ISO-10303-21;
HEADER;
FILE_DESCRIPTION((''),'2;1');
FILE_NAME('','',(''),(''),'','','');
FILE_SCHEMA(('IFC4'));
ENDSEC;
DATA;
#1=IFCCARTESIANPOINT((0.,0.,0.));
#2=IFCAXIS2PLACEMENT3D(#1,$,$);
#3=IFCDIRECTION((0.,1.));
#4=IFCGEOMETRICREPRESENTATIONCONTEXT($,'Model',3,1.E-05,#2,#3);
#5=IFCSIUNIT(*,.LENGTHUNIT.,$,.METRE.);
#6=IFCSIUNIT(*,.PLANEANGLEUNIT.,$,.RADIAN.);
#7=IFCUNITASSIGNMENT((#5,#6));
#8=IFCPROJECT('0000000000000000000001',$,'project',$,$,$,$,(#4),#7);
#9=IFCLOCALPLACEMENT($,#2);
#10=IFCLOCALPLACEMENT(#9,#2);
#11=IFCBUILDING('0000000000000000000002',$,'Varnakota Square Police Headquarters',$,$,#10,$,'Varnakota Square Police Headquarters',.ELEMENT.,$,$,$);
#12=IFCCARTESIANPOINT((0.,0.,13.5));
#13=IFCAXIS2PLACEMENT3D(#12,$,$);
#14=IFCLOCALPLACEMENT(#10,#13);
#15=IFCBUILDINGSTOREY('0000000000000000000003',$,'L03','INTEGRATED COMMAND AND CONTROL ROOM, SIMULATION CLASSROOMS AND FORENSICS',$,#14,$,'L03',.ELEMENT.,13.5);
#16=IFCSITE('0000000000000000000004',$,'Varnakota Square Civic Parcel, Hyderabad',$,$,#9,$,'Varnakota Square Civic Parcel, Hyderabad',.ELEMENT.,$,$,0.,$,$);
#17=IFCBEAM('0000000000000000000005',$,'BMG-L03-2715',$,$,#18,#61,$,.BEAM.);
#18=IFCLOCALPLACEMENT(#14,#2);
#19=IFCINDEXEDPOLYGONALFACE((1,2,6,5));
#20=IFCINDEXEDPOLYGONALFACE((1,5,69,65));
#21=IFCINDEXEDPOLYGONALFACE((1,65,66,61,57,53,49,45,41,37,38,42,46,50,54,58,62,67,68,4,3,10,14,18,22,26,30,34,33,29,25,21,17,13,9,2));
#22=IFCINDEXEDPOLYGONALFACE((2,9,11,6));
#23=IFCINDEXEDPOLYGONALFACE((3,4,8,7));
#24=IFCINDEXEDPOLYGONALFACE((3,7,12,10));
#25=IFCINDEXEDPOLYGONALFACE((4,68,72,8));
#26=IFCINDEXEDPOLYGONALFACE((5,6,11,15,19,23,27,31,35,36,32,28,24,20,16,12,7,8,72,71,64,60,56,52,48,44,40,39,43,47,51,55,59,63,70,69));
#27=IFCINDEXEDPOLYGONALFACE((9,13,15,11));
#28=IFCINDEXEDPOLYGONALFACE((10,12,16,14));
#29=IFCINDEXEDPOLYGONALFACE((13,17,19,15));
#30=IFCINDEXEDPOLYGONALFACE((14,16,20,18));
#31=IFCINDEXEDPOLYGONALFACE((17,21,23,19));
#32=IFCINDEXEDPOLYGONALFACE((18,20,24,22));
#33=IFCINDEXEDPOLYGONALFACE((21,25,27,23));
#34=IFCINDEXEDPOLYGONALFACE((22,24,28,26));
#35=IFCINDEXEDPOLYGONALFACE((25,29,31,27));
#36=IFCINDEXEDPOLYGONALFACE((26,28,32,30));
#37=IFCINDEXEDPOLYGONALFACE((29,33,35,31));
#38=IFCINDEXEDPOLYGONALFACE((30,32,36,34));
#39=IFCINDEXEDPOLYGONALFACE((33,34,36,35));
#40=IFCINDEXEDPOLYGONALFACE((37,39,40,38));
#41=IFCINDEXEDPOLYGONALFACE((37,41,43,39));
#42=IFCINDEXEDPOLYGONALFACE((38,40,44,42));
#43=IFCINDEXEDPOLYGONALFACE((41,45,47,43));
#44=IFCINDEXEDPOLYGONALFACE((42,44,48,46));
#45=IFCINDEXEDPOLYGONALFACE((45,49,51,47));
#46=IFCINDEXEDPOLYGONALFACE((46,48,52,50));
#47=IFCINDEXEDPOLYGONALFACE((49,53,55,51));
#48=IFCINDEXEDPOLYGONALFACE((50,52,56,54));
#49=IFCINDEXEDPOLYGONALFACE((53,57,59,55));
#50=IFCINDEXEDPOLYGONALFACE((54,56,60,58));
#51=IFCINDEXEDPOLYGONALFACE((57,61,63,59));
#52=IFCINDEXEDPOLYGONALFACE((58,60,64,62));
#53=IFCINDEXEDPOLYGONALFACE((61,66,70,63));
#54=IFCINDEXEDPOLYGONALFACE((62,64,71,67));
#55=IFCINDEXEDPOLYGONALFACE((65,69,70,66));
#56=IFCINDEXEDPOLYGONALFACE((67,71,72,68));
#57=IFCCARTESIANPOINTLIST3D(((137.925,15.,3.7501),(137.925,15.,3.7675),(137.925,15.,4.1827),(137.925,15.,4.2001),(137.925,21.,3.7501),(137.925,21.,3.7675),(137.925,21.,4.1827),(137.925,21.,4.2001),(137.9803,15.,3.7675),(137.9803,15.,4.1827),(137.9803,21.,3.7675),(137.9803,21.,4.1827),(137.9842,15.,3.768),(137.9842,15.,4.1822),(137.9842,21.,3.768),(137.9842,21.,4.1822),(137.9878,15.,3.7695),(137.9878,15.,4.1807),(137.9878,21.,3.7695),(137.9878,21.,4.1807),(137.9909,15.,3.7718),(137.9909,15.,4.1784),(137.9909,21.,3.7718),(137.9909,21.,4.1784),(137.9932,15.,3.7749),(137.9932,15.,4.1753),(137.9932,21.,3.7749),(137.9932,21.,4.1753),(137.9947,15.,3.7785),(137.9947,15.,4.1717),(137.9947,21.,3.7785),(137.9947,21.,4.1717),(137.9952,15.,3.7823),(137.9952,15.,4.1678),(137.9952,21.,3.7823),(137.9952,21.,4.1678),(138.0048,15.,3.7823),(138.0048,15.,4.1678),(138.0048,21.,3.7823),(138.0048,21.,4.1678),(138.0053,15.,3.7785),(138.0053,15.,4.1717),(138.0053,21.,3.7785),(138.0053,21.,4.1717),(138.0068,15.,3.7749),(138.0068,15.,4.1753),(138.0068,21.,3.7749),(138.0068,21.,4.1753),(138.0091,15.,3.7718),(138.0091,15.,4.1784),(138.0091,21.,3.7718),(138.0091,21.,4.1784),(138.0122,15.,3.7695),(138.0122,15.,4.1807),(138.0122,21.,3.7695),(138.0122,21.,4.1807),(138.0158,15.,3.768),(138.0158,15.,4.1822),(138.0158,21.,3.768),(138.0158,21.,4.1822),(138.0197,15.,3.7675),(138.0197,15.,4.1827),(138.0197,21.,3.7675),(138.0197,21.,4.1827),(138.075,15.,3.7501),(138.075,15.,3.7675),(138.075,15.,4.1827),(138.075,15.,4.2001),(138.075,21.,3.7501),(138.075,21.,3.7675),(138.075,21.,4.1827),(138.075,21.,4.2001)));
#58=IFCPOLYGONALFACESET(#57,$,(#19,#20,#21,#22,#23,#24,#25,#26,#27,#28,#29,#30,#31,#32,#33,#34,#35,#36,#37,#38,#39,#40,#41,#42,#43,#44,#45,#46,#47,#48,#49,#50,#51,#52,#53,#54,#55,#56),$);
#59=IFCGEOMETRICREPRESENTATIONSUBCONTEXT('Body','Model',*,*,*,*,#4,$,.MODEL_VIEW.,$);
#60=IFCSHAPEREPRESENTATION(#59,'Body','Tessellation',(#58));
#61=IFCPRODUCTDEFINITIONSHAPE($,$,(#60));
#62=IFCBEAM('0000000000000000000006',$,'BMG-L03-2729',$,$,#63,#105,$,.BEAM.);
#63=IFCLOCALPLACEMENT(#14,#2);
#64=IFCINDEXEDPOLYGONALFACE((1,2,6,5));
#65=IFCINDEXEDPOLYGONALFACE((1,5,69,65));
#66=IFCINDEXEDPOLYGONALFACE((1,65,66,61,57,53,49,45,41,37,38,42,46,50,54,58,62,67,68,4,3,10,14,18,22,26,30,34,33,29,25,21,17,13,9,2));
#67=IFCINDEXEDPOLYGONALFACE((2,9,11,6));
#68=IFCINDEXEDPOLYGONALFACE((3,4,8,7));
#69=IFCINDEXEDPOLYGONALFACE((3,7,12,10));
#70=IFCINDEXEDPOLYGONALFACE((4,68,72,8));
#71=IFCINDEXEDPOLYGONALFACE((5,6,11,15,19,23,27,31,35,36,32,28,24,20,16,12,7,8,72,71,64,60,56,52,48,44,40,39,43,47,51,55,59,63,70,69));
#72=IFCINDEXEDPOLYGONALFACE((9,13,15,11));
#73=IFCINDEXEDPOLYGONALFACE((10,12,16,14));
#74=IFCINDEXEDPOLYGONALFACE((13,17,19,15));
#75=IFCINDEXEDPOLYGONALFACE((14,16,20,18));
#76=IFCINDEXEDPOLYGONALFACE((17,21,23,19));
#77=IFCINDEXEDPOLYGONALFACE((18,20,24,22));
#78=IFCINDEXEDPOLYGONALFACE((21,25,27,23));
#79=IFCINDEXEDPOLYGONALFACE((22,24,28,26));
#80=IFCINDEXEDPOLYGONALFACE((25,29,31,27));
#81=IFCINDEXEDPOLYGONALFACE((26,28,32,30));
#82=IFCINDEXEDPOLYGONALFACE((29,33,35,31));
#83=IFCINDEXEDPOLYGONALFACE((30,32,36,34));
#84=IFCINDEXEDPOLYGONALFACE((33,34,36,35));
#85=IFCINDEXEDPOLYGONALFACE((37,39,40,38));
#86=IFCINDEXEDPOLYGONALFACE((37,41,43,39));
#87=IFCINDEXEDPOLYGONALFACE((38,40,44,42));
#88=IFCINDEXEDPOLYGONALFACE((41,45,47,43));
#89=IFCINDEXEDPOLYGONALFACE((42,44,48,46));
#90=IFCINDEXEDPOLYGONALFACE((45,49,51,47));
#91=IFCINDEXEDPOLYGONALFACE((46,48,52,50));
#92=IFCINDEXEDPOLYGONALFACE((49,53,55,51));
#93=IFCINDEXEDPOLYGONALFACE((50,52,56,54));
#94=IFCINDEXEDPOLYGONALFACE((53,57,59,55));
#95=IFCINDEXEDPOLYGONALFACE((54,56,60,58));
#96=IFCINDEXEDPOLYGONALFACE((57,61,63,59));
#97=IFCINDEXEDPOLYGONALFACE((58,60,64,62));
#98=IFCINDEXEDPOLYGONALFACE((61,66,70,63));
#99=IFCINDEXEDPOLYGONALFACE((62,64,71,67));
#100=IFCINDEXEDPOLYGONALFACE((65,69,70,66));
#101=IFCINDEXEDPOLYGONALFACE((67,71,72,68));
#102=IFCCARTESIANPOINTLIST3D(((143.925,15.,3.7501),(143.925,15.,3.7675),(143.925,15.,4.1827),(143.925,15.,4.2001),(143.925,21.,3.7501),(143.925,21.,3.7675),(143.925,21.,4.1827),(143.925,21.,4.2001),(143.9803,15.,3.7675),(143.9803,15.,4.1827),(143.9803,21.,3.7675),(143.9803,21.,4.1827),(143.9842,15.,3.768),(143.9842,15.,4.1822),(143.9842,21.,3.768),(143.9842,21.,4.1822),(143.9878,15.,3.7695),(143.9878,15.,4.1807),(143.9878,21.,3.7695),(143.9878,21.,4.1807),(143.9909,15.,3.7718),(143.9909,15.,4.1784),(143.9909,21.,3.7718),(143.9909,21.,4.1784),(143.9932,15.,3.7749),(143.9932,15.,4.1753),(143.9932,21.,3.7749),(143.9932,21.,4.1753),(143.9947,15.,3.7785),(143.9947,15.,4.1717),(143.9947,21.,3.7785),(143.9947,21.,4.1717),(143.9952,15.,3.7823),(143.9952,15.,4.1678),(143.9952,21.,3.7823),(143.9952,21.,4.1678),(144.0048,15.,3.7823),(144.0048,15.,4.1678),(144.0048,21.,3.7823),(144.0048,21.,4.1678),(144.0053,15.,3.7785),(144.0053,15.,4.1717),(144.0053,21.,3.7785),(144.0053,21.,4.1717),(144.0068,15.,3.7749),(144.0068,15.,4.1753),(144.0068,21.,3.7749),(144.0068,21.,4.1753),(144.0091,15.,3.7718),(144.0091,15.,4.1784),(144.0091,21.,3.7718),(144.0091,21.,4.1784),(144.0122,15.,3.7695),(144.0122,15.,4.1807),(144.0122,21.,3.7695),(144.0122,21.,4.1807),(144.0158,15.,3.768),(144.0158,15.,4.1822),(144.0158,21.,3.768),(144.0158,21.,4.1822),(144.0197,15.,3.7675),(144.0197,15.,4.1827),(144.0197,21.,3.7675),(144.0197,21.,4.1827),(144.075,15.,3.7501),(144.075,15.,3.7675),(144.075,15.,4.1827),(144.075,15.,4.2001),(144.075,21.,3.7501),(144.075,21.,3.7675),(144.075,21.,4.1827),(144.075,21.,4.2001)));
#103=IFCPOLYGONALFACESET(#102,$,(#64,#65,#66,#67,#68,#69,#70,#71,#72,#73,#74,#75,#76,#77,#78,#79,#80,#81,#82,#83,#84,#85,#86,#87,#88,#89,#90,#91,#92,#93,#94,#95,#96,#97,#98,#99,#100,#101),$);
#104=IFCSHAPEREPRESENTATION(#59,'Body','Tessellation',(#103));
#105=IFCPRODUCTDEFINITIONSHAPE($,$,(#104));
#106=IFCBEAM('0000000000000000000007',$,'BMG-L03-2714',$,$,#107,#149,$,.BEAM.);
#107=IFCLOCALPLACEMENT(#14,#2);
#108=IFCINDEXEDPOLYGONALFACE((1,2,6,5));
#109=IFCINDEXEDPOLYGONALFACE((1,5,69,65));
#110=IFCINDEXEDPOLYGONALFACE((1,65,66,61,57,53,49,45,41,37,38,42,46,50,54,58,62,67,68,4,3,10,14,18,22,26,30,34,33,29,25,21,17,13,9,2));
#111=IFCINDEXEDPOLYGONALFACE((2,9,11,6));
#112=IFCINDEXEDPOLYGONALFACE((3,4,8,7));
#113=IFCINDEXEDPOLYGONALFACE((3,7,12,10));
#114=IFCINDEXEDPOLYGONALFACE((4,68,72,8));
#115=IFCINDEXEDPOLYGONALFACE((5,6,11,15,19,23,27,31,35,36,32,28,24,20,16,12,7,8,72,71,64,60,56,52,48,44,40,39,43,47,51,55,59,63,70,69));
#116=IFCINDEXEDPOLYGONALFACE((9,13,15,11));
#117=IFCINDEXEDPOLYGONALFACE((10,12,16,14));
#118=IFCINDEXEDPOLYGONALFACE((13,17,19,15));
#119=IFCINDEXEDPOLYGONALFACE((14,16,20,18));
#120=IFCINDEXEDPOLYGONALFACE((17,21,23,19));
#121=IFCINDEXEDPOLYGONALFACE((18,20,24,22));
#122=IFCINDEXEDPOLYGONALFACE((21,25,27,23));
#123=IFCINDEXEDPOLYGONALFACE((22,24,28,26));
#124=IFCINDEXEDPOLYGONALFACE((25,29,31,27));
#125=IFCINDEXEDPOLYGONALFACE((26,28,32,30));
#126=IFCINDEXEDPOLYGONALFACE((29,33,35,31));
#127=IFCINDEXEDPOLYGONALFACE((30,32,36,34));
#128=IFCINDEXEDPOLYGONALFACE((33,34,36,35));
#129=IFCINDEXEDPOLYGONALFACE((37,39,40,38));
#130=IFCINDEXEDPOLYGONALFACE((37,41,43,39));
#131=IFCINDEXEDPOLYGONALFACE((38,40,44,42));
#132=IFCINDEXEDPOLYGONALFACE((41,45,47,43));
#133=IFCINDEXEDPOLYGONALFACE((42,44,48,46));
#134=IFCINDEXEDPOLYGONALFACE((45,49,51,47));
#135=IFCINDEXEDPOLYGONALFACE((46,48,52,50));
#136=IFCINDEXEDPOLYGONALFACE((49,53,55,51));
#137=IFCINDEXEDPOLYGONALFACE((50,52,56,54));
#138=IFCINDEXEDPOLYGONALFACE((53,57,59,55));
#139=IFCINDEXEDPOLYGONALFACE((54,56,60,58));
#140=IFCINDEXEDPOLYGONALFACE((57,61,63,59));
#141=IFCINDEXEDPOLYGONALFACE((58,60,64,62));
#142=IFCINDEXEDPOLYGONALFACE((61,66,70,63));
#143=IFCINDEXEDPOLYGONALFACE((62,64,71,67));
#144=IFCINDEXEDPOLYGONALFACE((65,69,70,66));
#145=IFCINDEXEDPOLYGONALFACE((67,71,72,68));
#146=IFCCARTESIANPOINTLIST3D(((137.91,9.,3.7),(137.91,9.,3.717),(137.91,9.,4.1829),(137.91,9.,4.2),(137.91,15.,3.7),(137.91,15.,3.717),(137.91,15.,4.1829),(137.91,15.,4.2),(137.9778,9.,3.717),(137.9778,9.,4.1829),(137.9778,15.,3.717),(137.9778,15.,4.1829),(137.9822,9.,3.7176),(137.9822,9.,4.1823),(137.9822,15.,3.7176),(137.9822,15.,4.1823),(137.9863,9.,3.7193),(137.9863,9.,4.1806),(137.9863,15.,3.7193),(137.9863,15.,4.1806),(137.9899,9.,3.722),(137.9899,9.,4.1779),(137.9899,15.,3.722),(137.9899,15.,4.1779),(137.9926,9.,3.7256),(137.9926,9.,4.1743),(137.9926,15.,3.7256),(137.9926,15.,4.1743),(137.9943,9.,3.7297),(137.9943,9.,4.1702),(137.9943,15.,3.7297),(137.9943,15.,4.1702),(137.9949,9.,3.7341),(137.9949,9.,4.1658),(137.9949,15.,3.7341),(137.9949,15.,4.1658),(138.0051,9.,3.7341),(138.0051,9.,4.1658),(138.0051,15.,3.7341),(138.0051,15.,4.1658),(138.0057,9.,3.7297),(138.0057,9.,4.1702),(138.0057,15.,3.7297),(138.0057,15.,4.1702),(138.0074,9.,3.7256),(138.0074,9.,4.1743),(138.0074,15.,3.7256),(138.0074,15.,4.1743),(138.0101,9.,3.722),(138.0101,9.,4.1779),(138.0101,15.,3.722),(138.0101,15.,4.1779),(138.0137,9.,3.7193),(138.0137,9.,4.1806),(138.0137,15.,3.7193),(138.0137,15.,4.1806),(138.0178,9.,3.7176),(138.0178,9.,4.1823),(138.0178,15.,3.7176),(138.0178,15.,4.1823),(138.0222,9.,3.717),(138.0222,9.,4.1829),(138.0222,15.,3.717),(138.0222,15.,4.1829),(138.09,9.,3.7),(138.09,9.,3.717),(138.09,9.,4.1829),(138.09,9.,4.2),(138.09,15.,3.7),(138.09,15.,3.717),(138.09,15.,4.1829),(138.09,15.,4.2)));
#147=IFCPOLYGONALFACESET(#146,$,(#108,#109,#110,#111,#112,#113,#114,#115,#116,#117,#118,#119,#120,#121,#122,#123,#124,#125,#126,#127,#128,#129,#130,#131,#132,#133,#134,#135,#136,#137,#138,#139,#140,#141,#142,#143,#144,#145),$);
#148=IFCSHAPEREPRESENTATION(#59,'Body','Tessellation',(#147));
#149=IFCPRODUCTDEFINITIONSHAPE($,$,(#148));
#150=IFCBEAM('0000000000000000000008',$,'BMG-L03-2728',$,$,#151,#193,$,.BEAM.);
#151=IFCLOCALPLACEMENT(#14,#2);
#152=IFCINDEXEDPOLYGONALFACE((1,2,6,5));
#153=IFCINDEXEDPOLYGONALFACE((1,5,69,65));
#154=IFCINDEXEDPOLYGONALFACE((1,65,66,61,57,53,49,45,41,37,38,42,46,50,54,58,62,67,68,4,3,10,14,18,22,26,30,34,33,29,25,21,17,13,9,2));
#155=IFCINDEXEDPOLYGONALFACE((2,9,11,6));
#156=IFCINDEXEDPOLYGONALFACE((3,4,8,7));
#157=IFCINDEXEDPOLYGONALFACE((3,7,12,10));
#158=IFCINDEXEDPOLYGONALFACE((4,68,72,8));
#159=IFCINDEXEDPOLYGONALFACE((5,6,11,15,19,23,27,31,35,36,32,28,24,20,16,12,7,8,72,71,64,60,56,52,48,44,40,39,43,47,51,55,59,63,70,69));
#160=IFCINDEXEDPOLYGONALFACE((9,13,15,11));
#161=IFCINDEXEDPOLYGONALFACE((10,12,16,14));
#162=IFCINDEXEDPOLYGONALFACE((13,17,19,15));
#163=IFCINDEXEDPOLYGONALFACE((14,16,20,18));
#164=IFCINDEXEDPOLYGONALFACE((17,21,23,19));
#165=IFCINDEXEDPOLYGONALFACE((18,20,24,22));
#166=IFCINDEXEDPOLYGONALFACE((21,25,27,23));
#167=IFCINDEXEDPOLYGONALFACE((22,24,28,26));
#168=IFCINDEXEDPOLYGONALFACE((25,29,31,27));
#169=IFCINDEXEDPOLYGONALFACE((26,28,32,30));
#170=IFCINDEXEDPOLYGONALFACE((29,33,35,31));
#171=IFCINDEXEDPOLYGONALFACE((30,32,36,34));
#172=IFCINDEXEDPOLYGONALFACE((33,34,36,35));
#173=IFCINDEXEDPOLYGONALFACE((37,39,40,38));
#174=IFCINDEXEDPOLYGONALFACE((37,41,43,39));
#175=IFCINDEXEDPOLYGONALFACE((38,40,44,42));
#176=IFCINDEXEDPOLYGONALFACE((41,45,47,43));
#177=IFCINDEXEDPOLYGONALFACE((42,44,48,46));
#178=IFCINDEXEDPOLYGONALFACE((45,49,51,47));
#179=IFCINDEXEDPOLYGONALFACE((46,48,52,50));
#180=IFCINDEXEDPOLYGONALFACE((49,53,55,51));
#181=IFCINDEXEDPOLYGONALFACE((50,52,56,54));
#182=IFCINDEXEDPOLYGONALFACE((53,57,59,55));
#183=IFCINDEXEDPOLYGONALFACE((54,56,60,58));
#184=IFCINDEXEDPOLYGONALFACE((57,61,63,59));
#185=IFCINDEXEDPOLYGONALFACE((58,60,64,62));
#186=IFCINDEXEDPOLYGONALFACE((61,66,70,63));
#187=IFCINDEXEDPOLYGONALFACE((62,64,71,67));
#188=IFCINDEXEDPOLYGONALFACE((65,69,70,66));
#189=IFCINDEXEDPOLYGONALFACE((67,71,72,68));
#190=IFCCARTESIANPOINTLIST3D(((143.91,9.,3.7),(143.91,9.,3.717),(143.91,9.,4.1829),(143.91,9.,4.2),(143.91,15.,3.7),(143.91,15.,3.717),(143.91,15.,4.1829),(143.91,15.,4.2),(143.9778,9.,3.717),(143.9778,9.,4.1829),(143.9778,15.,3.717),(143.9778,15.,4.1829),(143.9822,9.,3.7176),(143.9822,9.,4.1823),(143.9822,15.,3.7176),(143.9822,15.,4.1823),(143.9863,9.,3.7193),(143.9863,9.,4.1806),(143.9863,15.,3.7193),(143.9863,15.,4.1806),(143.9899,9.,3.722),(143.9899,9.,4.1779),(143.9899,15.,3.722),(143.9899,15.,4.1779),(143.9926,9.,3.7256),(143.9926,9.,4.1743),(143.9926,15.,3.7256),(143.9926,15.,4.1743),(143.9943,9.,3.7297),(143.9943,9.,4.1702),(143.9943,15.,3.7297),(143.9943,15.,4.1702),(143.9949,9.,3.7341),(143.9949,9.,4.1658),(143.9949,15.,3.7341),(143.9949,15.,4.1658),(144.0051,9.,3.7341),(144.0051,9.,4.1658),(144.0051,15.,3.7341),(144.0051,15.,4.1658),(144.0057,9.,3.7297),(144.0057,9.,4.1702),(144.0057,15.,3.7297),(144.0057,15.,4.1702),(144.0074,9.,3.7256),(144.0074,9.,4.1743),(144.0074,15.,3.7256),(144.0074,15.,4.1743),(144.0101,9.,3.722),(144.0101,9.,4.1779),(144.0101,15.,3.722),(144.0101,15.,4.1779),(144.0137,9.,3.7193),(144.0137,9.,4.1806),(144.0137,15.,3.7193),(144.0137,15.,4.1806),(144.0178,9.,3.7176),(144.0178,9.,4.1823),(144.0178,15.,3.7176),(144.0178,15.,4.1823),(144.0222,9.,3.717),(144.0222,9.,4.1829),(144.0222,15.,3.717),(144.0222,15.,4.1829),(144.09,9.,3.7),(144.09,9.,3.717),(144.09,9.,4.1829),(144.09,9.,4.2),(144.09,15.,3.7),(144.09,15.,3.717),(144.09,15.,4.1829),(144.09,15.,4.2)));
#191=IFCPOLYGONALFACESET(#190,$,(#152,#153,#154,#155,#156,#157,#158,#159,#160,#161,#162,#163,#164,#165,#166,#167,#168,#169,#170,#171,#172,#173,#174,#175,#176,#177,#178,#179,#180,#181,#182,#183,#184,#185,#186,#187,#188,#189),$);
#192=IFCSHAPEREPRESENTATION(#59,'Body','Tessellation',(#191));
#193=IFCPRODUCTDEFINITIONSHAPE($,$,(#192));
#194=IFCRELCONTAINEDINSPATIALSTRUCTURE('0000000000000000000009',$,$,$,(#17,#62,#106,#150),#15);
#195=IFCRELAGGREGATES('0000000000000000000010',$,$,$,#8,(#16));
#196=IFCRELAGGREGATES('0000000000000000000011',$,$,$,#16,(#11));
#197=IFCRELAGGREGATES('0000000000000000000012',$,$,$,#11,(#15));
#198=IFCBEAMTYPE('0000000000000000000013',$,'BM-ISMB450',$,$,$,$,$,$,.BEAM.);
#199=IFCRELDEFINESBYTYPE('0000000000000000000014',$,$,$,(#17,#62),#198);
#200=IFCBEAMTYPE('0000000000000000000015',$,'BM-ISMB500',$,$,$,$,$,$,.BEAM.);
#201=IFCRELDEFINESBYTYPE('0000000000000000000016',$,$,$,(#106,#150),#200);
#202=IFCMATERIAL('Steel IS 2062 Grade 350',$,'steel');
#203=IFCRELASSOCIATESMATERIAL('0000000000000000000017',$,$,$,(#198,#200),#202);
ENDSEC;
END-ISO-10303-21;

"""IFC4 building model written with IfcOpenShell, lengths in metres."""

from ifc_helpers import new_model, si_unit, direction, frame, origin, origin_2d, place, context, subcontext, project, spatial, i_section, extrude, material, material_profile, profile_set, type_object, element, save


model = new_model("IFC4")

# Units and contexts
model_context = context("Model", 3, precision=1e-05, world=origin(), true_north=direction((0.0, 1.0)))
body_context = subcontext(model_context, "Body", "Model", "MODEL_VIEW")
ifc_project = project(units=[si_unit("LENGTHUNIT", "METRE"), si_unit("PLANEANGLEUNIT", "RADIAN")], contexts=[model_context])

# Site, building, storey
site_placement = place(None, origin())
site = spatial("IfcSite", under=ifc_project, at=site_placement, Name="Varnakota Square Civic Parcel, Hyderabad", LongName="Varnakota Square Civic Parcel, Hyderabad", CompositionType="ELEMENT", RefElevation=0.0)
building_placement = place(site_placement, origin())
building = spatial("IfcBuilding", under=site, at=building_placement, Name="Varnakota Square Police Headquarters", LongName="Varnakota Square Police Headquarters", CompositionType="ELEMENT")
storey_placement = place(building_placement, frame((0.0, 0.0, 13.5)))
storey = spatial("IfcBuildingStorey", under=building, at=storey_placement, Name="L03", Description="INTEGRATED COMMAND AND CONTROL ROOM, SIMULATION CLASSROOMS AND FORENSICS", LongName="L03", CompositionType="ELEMENT", Elevation=13.5)

# Shared definitions
ifc_material_1 = material(Name="Steel IS 2062 Grade 350", Category="steel")

# Beams
ifc_material_profile_1 = material_profile(ifc_material_1, i_section(OverallWidth=0.1499, OverallDepth=0.45, WebThickness=0.0095, FlangeThickness=0.0173, FilletRadius=0.0149, at=origin_2d()), Name="ISMB 450")
ifc_profile_set_1 = profile_set([ifc_material_profile_1], Name="Steel IS 2062 Grade 350")
beam_type_1 = type_object("IfcBeamType", Name="BM-ISMB450", PredefinedType="BEAM", material=ifc_profile_set_1)
for number, where, z_axis, x_axis, name in (
    (1, (138.0, 15.0, 3.9751), (0.0, 1.0, 0.0), (-1.0, 0.0, 0.0), "BMG-L03-2715"),
    (2, (144.0, 15.0, 3.9751), (0.0, 1.0, 0.0), (-1.0, 0.0, 0.0), "BMG-L03-2729"),
):
    element("IfcBeam", number, at=place(storey_placement, frame(where, z_axis=z_axis, x_axis=x_axis)), inside=storey, type_object=beam_type_1, Name=name, PredefinedType="BEAM", context=body_context, shape_type="SweptSolid", body=[
        extrude(i_section(OverallWidth=0.1499, OverallDepth=0.45, WebThickness=0.0095, FlangeThickness=0.0173, FilletRadius=0.0149, at=origin_2d()), origin(), (0.0, 0.0, 1.0), 6.0),
    ])
ifc_material_profile_2 = material_profile(ifc_material_1, i_section(OverallWidth=0.1799, OverallDepth=0.5, WebThickness=0.0103, FlangeThickness=0.0171, FilletRadius=0.0171, at=origin_2d()), Name="ISMB 500")
ifc_profile_set_2 = profile_set([ifc_material_profile_2], Name="Steel IS 2062 Grade 350")
beam_type_2 = type_object("IfcBeamType", Name="BM-ISMB500", PredefinedType="BEAM", material=ifc_profile_set_2)
for number, where, z_axis, x_axis, name in (
    (3, (138.0, 9.0, 3.95), (0.0, 1.0, 0.0), (-1.0, 0.0, 0.0), "BMG-L03-2714"),
    (4, (144.0, 9.0, 3.95), (0.0, 1.0, 0.0), (-1.0, 0.0, 0.0), "BMG-L03-2728"),
):
    element("IfcBeam", number, at=place(storey_placement, frame(where, z_axis=z_axis, x_axis=x_axis)), inside=storey, type_object=beam_type_2, Name=name, PredefinedType="BEAM", context=body_context, shape_type="SweptSolid", body=[
        extrude(i_section(OverallWidth=0.1799, OverallDepth=0.5, WebThickness=0.0103, FlangeThickness=0.0171, FilletRadius=0.0171, at=origin_2d()), origin(), (0.0, 0.0, 1.0), 6.0),
    ])

save(model, "model.ifc")
